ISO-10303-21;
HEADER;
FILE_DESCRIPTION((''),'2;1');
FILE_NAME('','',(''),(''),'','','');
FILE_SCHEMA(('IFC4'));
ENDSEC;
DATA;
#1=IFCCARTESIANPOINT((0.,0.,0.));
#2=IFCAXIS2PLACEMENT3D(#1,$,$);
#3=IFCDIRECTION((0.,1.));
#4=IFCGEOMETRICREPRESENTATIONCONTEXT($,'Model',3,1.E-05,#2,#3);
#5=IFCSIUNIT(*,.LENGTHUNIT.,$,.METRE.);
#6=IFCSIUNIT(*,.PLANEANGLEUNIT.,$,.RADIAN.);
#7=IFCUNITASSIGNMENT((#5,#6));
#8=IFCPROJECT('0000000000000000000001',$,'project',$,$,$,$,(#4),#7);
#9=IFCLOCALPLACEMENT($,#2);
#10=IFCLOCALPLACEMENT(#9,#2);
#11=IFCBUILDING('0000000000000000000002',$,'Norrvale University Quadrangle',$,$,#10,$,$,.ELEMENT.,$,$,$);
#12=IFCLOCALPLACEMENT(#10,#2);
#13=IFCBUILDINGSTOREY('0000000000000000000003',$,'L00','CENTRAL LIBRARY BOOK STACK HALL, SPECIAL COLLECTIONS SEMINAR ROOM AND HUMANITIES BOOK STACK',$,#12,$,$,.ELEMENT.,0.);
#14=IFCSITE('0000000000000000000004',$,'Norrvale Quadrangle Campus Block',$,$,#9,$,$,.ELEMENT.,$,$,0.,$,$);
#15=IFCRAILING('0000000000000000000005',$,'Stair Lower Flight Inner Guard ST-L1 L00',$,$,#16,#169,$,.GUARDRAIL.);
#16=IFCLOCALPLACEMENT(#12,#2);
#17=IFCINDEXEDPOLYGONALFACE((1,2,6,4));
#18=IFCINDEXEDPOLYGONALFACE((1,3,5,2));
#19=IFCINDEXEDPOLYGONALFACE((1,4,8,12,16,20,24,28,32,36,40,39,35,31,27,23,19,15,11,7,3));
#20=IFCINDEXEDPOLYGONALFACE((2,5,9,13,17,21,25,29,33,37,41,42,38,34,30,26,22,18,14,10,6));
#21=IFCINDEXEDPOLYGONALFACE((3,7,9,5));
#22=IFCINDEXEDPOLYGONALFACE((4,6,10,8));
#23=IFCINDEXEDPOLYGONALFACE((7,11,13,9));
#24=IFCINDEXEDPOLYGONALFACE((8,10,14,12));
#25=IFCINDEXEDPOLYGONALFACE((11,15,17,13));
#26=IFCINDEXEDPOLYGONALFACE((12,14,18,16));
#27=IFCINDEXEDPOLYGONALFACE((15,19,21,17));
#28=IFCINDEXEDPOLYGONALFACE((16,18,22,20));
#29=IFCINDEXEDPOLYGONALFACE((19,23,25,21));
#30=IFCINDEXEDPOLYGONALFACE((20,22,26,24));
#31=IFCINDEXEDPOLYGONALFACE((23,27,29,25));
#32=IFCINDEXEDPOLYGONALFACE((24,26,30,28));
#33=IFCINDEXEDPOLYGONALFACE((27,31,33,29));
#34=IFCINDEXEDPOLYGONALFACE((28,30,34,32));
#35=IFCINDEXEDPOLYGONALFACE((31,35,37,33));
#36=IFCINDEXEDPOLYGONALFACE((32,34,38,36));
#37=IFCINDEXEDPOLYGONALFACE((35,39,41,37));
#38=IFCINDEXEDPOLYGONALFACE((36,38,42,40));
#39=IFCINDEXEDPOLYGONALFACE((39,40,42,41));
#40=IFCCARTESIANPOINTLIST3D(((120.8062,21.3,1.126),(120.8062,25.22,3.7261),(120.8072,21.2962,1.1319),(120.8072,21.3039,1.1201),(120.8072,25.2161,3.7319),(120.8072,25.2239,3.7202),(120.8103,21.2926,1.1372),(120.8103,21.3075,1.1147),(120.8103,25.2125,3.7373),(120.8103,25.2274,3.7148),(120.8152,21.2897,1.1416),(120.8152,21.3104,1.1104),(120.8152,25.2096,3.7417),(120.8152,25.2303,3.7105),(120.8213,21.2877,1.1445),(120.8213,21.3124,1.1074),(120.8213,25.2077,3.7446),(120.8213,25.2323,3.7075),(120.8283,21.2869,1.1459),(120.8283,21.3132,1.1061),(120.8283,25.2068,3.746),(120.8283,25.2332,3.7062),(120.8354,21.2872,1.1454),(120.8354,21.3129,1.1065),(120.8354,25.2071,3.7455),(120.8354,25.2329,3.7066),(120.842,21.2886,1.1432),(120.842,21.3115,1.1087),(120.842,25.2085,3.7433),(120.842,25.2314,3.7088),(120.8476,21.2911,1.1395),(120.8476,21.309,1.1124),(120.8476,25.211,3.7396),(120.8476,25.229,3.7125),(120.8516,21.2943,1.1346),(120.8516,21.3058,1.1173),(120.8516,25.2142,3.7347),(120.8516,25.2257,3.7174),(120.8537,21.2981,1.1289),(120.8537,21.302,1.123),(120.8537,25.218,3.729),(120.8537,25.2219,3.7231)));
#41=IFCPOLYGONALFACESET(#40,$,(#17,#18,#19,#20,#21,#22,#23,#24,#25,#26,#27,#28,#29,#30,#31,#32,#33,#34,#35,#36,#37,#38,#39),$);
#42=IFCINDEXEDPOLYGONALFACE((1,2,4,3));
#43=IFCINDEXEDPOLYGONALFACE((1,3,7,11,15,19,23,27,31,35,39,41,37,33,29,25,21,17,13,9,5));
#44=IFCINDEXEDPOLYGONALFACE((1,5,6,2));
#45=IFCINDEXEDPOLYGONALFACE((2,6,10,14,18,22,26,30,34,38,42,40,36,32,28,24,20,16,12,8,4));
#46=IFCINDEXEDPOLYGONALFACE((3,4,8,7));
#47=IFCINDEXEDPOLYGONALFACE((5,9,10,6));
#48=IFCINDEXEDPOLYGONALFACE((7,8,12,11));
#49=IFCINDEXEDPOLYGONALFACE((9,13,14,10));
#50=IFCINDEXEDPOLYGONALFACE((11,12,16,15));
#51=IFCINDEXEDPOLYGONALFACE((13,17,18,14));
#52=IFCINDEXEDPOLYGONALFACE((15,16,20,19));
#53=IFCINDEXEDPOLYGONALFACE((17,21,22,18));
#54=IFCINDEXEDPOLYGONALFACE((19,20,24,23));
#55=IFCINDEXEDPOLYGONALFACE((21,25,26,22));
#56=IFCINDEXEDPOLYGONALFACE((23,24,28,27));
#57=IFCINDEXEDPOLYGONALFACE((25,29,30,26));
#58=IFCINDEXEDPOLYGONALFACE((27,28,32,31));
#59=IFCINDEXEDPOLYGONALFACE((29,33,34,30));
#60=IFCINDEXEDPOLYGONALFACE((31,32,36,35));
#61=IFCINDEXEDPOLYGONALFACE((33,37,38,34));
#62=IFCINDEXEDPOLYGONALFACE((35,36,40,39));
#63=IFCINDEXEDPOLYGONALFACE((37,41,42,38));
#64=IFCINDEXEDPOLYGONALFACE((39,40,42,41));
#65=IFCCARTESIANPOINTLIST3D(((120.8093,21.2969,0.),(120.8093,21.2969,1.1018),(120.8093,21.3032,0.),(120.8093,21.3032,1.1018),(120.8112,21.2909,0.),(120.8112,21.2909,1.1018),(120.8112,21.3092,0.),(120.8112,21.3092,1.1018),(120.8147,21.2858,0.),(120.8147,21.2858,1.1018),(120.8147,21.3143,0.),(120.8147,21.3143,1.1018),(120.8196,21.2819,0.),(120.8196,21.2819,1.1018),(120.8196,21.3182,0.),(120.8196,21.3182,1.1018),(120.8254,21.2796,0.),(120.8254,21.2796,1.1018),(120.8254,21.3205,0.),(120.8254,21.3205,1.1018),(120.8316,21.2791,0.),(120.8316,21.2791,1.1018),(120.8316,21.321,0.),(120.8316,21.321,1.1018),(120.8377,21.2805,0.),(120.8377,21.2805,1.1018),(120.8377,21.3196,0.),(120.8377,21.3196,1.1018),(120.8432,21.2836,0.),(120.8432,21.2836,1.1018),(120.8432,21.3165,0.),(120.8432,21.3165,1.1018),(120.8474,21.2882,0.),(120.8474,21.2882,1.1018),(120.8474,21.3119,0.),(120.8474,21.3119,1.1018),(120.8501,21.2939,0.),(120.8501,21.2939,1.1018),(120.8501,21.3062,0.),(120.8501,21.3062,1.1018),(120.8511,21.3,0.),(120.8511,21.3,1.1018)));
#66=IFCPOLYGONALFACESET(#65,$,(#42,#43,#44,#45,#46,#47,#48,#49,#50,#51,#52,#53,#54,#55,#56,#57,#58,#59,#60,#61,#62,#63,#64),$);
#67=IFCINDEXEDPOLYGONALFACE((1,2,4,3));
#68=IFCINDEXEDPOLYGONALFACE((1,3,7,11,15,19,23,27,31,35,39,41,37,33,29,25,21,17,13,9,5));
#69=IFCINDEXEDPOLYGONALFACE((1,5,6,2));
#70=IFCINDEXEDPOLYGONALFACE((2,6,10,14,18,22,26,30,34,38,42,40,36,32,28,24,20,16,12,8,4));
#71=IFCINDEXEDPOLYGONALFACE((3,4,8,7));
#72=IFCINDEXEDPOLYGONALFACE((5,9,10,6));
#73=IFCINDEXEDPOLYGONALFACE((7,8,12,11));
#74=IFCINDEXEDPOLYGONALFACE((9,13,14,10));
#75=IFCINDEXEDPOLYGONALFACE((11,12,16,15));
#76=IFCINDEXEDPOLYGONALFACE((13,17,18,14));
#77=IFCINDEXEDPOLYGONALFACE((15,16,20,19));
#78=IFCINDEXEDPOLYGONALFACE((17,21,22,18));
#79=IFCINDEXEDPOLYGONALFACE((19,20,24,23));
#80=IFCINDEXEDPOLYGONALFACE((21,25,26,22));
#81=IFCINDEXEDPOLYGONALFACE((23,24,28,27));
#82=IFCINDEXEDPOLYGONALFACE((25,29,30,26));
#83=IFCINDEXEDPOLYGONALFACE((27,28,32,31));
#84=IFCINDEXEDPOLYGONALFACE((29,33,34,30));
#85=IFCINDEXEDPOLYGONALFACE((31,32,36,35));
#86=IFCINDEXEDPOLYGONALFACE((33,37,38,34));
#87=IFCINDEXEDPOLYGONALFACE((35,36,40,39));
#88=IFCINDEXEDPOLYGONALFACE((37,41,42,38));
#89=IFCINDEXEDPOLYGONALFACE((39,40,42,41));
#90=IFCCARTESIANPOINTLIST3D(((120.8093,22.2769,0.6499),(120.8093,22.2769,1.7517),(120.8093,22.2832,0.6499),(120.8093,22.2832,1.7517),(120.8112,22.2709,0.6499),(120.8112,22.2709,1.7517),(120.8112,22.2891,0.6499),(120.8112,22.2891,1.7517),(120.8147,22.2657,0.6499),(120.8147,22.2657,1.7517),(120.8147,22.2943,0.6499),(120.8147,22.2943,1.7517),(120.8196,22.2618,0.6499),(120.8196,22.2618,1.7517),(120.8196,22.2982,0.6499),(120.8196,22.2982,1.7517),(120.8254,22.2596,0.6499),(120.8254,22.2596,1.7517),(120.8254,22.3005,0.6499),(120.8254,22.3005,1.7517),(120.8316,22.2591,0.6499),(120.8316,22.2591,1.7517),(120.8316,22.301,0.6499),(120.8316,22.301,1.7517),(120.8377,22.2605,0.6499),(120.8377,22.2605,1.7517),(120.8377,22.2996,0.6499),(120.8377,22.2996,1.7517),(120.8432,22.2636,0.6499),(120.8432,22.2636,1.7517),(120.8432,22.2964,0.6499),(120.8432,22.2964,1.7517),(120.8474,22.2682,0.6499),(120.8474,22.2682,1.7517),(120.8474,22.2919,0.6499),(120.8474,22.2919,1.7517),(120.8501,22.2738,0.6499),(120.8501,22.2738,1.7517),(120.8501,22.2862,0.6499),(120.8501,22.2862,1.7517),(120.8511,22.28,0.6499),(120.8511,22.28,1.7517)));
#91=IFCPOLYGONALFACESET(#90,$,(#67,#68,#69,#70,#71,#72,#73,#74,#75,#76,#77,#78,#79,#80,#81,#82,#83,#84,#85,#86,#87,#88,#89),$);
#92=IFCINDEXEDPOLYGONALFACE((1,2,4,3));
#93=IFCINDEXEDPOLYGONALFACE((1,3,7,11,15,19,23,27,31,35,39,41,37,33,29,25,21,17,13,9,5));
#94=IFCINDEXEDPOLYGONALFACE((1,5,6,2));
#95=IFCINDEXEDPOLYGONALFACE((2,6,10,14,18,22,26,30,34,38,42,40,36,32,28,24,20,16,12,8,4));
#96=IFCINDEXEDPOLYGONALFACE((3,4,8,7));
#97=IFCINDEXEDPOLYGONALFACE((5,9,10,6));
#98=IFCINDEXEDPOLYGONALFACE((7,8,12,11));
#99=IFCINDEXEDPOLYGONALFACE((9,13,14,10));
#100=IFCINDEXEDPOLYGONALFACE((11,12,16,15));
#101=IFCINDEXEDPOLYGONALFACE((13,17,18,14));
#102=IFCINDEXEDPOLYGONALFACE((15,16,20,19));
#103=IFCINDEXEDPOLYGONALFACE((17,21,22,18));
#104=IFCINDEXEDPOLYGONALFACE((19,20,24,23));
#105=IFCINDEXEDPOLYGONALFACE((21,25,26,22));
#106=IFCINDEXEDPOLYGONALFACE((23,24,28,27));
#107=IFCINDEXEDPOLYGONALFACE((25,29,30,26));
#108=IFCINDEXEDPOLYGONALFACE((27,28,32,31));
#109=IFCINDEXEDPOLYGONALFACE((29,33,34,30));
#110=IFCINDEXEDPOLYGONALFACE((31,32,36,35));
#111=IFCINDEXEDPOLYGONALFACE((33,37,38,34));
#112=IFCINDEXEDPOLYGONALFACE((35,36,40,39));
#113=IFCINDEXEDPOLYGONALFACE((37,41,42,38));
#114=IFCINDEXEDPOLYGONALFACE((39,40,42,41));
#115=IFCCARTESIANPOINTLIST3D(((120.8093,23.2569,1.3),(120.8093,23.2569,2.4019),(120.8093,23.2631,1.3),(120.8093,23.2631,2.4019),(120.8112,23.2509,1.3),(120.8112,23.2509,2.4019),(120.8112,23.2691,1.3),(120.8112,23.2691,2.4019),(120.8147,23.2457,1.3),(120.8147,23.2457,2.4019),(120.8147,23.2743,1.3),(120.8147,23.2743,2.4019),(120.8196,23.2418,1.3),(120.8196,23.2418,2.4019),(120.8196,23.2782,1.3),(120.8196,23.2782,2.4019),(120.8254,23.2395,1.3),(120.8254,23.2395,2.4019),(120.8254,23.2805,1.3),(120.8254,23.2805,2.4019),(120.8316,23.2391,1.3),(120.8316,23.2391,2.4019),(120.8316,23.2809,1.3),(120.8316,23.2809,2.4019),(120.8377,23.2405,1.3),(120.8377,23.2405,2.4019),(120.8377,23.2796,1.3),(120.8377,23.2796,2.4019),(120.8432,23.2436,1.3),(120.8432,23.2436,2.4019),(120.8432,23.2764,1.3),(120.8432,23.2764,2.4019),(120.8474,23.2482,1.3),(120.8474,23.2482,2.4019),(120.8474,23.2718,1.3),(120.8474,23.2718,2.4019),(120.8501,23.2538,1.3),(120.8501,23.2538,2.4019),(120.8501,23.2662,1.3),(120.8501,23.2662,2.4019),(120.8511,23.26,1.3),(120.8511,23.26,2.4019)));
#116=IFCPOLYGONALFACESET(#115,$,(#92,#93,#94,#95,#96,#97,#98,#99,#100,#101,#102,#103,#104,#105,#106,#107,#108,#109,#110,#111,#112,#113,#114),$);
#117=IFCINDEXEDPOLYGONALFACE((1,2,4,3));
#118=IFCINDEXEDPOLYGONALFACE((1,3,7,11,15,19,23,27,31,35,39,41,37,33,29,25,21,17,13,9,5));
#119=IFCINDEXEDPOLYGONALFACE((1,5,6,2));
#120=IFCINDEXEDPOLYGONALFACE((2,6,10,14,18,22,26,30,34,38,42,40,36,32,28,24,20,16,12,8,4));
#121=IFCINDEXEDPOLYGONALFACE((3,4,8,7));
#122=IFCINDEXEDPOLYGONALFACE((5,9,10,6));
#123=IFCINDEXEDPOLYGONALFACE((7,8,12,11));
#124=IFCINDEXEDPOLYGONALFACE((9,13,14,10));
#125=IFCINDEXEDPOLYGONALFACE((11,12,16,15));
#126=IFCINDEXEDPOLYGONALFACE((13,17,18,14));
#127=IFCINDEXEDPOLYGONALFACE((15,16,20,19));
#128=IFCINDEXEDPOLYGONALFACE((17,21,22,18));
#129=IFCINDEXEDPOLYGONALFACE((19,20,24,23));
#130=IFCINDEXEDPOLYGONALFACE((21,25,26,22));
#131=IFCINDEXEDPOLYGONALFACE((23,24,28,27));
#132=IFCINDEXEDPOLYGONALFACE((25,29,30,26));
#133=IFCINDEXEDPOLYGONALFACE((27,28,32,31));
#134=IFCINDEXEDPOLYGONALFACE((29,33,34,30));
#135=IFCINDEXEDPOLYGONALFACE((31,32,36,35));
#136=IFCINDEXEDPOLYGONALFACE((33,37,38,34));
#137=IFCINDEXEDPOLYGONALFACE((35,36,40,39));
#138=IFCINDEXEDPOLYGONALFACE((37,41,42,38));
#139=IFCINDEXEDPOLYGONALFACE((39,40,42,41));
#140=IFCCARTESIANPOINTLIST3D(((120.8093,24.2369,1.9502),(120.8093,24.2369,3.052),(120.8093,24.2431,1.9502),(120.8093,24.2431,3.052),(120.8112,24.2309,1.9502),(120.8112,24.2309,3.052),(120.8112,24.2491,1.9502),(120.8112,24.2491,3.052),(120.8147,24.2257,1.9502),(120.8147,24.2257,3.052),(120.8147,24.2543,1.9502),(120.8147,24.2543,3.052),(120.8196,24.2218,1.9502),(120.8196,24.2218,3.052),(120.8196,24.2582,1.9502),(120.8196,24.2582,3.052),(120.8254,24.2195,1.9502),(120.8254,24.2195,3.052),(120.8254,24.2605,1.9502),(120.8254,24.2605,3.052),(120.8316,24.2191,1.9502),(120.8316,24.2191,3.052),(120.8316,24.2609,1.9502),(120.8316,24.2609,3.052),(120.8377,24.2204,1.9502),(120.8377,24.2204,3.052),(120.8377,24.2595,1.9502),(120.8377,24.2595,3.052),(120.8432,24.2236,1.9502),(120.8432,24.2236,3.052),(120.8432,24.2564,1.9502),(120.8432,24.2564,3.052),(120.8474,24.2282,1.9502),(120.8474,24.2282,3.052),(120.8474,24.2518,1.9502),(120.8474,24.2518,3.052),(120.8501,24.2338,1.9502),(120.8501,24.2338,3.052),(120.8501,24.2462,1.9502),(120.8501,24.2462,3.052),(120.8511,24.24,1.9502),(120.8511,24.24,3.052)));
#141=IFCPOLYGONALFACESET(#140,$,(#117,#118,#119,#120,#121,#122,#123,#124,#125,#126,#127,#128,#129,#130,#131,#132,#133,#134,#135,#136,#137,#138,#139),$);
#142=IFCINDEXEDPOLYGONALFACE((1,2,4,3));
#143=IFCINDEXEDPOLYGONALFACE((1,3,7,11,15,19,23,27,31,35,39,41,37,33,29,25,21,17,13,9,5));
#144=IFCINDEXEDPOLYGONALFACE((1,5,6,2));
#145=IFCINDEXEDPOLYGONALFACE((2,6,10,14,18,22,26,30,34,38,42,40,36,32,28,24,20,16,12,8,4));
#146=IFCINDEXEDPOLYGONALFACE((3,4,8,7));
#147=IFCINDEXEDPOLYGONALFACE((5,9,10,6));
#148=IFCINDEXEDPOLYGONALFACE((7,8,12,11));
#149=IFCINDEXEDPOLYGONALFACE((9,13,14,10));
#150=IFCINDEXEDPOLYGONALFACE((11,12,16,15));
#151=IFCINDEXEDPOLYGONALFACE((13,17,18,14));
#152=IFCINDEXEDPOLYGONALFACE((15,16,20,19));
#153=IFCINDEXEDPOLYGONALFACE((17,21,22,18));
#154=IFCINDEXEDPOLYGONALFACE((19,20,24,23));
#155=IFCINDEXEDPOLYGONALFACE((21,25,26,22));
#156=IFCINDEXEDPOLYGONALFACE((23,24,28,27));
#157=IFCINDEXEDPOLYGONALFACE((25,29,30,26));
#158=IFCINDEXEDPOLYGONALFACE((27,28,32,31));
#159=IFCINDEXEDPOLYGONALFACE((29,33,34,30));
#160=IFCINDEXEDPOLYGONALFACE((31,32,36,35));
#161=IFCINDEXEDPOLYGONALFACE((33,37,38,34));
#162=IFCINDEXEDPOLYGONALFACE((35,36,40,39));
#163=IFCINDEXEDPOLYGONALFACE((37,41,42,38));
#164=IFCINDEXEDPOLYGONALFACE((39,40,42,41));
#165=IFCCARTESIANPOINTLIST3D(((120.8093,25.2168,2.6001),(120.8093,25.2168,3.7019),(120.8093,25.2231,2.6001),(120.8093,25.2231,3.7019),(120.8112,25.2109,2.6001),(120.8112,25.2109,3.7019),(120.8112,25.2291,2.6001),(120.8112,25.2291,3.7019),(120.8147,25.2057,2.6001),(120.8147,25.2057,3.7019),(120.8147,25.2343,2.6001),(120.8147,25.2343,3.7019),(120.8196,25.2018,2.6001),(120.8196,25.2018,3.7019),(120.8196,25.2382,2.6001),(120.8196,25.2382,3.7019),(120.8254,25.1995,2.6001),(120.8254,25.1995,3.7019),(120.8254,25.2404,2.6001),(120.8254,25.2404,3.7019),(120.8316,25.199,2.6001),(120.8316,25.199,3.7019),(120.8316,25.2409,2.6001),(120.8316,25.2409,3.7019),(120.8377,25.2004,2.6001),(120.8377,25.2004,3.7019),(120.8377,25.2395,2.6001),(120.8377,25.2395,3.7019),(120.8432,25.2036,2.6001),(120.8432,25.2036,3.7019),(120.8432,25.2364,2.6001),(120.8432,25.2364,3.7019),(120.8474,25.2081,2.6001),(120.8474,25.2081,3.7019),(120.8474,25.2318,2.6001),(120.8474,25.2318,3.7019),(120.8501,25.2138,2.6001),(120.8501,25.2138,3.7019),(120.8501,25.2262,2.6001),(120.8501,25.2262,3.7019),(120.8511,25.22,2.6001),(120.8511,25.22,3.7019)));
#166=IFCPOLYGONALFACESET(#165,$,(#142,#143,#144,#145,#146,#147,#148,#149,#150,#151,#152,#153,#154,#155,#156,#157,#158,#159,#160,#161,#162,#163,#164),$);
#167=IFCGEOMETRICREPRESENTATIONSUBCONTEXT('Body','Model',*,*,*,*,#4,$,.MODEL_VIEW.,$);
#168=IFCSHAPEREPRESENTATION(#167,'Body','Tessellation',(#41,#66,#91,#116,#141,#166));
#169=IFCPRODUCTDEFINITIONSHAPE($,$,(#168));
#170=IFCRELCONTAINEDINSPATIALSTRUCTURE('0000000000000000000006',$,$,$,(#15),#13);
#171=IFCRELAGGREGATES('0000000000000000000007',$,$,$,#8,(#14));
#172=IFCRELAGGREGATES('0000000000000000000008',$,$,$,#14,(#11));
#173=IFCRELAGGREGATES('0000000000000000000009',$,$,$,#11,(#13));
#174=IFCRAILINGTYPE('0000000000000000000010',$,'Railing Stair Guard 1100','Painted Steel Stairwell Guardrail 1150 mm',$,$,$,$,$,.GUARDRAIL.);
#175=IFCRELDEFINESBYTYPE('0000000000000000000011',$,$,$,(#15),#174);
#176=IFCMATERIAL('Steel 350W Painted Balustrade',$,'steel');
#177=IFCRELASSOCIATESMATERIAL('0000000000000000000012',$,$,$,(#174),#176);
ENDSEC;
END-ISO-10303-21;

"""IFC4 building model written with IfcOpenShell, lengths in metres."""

from ifc_helpers import new_model, si_unit, direction, frame, origin, origin_2d, place, context, subcontext, project, spatial, circle, extrude, material, type_object, element, save


model = new_model("IFC4")

# Units and contexts
model_context = context("Model", 3, precision=1e-05, world=origin(), true_north=direction((0.0, 1.0)))
body_context = subcontext(model_context, "Body", "Model", "MODEL_VIEW")
ifc_project = project(units=[si_unit("LENGTHUNIT", "METRE"), si_unit("PLANEANGLEUNIT", "RADIAN")], contexts=[model_context])

# Site, building, storey
site_placement = place(None, origin())
site = spatial("IfcSite", under=ifc_project, at=site_placement, Name="Norrvale Quadrangle Campus Block", CompositionType="ELEMENT", RefElevation=0.0)
building_placement = place(site_placement, origin())
building = spatial("IfcBuilding", under=site, at=building_placement, Name="Norrvale University Quadrangle", CompositionType="ELEMENT")
storey_placement = place(building_placement, origin())
storey = spatial("IfcBuildingStorey", under=building, at=storey_placement, Name="L00", Description="CENTRAL LIBRARY BOOK STACK HALL, SPECIAL COLLECTIONS SEMINAR ROOM AND HUMANITIES BOOK STACK", CompositionType="ELEMENT", Elevation=0.0)

# Railing
ifc_material_1 = material(Name="Steel 350W Painted Balustrade", Category="steel")
railing_type_1 = type_object("IfcRailingType", Name="Railing Stair Guard 1100", Description="Painted Steel Stairwell Guardrail 1150 mm", PredefinedType="GUARDRAIL", material=ifc_material_1)
railing_1_placement = place(storey_placement, frame((120.8301, 21.3, 0.0)))
element("IfcRailing", 1, at=railing_1_placement, inside=storey, type_object=railing_type_1, Name="Stair Lower Flight Inner Guard ST-L1 L00", PredefinedType="GUARDRAIL", context=body_context, shape_type="SweptSolid", body=[
    extrude(circle(Radius=0.0239, at=origin_2d()), frame((0.0, 0.0, 1.126), z_axis=(0.0, 0.833342, 0.552758), x_axis=(-1.0, 0.0, 0.0)), (0.0, 0.0, 1.0), 4.7039),
    extrude(circle(Radius=0.021, at=origin_2d()), origin(), (0.0, 0.0, 1.0), 1.1018),
    extrude(circle(Radius=0.021, at=origin_2d()), frame((0.0, 0.98, 0.6499)), (0.0, 0.0, 1.0), 1.1018),
    extrude(circle(Radius=0.021, at=origin_2d()), frame((0.0, 1.96, 1.3)), (0.0, 0.0, 1.0), 1.1018),
    extrude(circle(Radius=0.021, at=origin_2d()), frame((0.0, 2.9399, 1.9502)), (0.0, 0.0, 1.0), 1.1018),
    extrude(circle(Radius=0.021, at=origin_2d()), frame((0.0, 3.9199, 2.6001)), (0.0, 0.0, 1.0), 1.1018),
])

save(model, "model.ifc")
